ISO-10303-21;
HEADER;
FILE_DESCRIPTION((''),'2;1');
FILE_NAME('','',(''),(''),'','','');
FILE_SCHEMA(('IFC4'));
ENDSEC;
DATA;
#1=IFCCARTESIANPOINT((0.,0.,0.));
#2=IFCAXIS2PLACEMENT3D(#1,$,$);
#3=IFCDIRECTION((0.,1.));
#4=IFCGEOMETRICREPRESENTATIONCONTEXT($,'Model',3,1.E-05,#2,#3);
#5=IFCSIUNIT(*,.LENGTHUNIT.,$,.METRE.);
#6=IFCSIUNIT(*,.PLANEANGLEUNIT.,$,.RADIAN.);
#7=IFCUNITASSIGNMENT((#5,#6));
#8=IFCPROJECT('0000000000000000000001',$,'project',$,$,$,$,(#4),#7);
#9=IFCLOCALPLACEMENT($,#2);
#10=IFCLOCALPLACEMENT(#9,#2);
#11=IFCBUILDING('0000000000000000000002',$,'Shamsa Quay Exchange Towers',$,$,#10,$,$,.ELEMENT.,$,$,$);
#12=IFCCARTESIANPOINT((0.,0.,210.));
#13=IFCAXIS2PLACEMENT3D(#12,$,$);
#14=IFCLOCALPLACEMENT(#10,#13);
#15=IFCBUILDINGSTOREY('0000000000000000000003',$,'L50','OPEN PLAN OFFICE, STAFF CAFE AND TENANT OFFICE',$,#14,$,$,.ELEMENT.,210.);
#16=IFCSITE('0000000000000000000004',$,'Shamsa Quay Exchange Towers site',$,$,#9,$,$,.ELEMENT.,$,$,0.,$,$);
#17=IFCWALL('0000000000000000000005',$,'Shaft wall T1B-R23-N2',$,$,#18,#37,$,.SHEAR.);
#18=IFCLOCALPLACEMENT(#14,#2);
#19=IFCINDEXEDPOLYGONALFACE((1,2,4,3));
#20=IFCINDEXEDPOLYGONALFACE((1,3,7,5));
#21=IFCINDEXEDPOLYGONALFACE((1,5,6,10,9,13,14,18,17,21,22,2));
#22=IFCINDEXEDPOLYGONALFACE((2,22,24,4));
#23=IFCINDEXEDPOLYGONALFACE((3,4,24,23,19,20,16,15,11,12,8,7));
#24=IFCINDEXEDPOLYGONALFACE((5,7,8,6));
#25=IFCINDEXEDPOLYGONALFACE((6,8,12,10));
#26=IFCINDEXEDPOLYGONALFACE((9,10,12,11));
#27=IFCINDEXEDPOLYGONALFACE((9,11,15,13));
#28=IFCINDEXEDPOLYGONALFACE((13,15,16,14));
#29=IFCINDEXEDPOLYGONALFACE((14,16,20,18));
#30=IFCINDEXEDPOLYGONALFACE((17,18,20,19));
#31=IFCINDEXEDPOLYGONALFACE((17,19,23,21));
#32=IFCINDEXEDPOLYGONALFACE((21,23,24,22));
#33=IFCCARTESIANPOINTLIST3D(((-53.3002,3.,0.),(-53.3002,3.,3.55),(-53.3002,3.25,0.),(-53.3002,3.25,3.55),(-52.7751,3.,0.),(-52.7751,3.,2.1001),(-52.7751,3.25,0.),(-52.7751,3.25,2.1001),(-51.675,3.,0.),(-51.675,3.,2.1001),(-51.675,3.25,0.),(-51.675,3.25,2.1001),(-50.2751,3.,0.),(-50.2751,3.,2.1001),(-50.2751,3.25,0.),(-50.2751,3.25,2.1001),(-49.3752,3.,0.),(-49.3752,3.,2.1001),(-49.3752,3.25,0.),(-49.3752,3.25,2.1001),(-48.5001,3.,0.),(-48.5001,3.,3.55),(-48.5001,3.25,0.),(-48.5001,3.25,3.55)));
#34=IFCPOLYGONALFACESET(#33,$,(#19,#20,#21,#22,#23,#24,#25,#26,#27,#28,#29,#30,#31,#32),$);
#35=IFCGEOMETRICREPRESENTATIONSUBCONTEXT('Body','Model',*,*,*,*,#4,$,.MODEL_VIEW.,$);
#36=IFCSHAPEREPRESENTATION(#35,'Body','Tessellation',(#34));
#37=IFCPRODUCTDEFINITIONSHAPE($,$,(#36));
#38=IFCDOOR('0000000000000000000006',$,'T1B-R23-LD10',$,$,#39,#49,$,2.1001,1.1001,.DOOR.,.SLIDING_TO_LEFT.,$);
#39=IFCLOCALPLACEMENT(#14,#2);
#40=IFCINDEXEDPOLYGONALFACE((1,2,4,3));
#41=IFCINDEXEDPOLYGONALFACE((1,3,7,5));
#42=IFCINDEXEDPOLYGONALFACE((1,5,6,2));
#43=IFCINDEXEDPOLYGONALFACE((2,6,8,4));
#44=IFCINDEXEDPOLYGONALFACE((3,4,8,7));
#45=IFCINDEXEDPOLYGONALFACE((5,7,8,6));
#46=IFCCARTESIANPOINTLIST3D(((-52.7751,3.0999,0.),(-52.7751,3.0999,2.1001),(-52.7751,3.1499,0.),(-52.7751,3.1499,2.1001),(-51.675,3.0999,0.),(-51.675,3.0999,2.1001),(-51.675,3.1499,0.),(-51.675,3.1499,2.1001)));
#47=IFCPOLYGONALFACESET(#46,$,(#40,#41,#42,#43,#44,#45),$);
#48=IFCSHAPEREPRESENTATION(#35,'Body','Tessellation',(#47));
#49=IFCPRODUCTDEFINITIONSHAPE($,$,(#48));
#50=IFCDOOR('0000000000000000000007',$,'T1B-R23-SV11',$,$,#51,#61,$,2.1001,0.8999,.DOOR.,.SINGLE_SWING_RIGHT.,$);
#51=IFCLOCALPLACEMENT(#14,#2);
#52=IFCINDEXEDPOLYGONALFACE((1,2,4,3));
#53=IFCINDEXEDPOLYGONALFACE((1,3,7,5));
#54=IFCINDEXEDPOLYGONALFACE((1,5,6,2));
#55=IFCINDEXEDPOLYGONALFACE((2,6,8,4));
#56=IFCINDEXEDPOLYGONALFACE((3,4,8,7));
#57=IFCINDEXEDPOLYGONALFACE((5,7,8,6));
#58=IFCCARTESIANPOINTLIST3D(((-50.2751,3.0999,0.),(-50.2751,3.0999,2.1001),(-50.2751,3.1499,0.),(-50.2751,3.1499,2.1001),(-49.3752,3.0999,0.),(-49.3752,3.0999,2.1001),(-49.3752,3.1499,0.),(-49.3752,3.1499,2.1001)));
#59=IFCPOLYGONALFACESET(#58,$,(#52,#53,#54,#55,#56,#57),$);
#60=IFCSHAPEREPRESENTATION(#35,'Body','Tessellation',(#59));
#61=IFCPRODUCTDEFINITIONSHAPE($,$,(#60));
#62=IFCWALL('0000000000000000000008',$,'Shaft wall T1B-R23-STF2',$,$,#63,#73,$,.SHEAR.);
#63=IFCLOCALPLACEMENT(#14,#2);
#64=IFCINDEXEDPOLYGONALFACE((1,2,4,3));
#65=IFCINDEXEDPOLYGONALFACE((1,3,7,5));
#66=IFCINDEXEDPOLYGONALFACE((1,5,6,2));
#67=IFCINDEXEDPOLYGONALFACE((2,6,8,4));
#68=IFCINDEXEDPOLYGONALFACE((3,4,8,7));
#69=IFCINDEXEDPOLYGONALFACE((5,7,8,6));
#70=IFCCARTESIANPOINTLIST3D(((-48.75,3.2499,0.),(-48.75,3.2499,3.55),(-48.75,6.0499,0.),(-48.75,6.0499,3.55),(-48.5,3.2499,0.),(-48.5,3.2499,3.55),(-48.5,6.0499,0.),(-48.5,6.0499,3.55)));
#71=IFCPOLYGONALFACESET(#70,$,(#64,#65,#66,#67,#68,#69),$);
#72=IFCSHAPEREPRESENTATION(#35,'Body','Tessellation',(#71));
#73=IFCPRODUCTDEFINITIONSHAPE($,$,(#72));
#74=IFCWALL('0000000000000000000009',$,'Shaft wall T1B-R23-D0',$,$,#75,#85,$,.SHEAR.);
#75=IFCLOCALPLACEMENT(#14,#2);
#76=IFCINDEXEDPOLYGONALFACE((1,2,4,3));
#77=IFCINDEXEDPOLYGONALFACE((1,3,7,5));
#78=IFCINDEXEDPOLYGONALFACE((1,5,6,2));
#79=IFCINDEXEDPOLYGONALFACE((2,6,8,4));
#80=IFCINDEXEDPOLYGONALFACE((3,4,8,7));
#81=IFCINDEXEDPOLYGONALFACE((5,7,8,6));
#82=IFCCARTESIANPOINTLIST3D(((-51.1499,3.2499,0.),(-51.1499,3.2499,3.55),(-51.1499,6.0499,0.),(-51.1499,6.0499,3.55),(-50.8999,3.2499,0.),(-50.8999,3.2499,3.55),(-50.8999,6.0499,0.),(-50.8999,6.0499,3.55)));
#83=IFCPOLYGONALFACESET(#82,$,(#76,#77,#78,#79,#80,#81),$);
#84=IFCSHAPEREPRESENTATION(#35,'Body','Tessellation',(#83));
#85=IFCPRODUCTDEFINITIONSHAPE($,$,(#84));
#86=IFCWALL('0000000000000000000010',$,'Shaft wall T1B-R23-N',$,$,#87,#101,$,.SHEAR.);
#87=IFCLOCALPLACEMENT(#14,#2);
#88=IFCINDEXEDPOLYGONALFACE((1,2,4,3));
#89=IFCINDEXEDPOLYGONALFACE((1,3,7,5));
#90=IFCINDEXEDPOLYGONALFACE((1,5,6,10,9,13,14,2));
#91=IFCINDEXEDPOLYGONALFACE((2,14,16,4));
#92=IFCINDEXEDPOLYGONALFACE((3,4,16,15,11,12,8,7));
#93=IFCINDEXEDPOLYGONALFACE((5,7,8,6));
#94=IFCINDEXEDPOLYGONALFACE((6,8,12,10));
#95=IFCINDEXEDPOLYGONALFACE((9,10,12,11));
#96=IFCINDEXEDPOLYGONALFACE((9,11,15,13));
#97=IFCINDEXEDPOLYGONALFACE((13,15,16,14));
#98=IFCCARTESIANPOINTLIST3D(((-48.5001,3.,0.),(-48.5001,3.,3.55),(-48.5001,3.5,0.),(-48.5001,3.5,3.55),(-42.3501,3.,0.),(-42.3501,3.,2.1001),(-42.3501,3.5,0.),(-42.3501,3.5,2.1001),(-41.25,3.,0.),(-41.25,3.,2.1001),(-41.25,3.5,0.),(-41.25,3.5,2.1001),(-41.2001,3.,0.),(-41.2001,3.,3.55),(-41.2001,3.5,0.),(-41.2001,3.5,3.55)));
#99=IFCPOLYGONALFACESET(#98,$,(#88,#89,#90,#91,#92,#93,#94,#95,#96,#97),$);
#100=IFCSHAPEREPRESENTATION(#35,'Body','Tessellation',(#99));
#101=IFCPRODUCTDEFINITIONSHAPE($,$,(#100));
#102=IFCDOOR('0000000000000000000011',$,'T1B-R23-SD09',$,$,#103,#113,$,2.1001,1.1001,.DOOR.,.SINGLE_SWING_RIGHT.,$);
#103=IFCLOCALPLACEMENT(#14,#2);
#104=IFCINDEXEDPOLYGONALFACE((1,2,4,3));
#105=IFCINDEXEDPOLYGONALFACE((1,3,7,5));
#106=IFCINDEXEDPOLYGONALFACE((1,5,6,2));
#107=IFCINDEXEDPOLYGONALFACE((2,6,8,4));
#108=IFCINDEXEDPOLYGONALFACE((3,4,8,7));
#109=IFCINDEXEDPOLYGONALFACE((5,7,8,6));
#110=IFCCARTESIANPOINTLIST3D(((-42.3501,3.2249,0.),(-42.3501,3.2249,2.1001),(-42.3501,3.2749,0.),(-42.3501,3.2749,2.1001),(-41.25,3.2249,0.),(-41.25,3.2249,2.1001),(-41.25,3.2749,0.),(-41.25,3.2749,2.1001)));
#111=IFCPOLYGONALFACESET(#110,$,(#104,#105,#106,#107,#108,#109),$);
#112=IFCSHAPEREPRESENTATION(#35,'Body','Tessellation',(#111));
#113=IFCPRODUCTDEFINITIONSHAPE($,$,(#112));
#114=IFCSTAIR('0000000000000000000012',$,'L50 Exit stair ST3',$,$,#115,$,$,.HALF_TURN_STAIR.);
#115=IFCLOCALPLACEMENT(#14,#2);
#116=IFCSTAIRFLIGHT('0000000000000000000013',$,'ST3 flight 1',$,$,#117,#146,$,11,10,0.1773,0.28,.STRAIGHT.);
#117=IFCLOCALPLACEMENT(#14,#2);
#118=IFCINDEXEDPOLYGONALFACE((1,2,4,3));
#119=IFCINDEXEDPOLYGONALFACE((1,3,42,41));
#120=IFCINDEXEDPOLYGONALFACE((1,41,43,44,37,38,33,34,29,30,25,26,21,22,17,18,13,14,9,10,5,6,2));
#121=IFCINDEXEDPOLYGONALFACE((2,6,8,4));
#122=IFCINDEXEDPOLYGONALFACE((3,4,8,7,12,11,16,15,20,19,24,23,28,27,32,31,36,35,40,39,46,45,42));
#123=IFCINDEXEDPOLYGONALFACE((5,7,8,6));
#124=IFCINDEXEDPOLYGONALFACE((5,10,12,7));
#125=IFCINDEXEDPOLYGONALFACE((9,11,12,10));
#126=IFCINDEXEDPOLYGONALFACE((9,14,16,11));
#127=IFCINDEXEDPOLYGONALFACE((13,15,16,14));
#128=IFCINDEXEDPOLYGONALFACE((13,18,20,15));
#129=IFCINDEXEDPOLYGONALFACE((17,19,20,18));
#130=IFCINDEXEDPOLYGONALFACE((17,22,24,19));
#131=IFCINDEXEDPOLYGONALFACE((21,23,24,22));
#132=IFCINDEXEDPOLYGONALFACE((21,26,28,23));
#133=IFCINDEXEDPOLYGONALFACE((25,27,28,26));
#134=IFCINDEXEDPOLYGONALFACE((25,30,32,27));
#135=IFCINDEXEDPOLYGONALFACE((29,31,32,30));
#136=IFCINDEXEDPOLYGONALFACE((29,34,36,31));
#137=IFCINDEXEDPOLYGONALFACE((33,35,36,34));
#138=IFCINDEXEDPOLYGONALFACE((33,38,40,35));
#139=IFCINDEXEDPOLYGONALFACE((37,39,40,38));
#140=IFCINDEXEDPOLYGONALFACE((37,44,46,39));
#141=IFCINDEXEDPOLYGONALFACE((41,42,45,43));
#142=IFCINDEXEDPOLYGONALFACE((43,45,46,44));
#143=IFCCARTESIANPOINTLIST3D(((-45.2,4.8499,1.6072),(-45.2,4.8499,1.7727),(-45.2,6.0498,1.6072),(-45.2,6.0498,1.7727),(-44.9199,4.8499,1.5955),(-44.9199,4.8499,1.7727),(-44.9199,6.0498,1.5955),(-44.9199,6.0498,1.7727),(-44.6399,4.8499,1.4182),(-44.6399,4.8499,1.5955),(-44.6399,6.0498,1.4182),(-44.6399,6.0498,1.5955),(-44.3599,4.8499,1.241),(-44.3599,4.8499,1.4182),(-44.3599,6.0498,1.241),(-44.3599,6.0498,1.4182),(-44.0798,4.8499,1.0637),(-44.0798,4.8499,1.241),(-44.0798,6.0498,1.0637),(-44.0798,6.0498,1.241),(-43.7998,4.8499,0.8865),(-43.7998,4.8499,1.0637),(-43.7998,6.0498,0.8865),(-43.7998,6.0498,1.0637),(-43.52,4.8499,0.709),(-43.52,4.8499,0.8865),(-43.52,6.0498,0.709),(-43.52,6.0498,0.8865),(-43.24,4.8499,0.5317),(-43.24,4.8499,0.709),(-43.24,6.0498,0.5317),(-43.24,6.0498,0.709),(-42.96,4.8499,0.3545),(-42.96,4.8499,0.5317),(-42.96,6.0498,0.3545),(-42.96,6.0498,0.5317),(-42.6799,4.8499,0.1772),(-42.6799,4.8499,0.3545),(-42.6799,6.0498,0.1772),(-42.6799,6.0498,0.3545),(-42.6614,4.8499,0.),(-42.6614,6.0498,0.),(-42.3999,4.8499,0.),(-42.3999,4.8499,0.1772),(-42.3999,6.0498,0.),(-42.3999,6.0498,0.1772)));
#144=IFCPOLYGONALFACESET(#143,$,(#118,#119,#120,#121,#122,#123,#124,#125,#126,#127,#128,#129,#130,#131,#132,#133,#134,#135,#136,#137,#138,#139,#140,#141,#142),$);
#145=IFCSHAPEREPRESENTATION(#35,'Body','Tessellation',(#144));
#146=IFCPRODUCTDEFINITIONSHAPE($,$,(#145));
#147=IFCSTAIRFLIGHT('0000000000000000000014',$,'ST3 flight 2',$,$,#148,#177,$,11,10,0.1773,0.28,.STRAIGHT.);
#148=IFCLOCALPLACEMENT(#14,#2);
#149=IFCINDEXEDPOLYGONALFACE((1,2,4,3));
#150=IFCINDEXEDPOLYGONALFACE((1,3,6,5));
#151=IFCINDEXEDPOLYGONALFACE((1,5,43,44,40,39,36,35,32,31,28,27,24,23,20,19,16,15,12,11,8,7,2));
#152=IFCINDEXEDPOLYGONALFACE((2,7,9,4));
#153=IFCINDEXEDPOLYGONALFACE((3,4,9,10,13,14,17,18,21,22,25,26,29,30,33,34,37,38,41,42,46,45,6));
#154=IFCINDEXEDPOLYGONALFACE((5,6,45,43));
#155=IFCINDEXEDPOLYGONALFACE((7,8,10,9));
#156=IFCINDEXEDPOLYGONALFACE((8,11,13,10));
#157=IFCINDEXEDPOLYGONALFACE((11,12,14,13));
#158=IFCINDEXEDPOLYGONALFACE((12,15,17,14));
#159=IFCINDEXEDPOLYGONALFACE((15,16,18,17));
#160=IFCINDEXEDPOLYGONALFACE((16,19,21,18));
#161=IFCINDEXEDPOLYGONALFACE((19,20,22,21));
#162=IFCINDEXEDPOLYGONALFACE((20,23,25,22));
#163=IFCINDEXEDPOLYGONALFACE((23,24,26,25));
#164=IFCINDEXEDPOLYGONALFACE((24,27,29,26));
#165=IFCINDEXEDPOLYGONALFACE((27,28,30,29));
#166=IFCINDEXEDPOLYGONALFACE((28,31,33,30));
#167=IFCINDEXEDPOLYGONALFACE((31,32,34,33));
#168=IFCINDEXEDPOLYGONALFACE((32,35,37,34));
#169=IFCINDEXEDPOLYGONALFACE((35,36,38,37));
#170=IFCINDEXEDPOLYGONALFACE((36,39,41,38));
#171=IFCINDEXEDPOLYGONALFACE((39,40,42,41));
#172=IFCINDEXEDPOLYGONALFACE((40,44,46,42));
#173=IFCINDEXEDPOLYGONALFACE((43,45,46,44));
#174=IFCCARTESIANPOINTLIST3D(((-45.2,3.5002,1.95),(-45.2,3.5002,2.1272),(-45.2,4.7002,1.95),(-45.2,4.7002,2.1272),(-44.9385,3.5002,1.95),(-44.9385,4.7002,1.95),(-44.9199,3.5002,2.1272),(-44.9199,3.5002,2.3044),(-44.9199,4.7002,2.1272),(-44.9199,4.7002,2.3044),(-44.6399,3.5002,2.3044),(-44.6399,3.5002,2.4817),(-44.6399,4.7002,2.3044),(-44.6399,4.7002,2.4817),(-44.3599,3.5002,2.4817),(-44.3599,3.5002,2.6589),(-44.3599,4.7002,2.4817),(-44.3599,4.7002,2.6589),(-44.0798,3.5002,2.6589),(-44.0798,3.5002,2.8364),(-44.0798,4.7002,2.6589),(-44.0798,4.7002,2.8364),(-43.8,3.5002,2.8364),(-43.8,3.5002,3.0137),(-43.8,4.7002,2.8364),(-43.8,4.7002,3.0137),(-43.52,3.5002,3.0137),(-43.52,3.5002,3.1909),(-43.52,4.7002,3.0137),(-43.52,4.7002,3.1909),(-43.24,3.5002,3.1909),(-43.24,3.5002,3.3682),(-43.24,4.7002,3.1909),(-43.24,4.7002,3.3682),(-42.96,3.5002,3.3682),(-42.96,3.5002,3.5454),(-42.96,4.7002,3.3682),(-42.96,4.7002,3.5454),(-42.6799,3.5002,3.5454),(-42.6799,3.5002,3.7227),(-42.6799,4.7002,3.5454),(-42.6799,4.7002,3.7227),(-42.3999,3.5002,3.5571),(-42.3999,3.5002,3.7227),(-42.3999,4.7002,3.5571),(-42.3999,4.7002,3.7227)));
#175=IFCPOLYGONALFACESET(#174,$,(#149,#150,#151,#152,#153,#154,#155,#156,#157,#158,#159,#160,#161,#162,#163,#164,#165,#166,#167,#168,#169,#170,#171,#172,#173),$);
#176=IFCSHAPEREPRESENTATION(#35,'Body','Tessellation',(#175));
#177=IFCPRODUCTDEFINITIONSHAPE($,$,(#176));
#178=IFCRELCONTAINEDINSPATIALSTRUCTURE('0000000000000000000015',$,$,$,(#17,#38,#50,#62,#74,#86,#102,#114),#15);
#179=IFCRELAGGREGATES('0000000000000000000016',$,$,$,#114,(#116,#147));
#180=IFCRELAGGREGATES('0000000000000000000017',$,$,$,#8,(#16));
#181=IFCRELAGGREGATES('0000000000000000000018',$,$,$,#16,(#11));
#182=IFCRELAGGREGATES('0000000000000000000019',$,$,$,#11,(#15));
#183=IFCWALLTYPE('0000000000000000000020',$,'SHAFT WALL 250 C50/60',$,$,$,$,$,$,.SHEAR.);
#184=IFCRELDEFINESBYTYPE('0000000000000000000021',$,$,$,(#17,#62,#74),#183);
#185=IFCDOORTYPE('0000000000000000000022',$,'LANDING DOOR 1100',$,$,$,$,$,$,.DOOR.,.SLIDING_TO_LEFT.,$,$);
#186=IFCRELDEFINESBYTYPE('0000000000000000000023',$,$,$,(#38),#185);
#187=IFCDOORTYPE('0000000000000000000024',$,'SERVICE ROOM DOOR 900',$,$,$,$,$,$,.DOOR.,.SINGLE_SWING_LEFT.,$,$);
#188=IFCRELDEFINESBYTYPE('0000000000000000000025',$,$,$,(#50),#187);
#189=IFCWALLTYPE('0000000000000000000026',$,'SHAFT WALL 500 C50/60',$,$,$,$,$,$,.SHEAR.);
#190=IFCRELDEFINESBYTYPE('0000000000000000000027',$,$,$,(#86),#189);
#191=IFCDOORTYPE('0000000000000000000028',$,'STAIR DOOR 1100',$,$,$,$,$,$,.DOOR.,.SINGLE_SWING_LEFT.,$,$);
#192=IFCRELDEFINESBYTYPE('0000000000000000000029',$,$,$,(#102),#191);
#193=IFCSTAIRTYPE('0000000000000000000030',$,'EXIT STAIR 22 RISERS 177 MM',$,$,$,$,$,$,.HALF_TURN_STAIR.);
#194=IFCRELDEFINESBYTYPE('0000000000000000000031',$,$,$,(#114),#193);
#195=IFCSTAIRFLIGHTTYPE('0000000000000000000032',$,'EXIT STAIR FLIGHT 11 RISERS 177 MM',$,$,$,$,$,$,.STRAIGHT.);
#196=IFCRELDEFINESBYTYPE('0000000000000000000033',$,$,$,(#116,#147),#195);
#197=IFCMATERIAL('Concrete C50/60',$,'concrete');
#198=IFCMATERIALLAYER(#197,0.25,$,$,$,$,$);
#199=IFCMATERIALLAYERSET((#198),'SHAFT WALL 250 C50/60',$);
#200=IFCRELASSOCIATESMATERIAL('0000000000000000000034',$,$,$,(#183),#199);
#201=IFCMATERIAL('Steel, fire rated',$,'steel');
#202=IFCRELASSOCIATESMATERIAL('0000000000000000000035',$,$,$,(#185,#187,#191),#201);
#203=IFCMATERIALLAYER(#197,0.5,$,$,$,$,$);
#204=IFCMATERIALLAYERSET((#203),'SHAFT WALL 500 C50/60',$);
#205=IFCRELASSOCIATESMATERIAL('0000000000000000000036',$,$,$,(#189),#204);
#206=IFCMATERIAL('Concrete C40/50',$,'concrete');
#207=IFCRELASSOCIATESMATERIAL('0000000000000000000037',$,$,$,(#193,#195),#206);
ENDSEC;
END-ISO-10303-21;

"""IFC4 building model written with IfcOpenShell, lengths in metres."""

from ifc_helpers import new_model, si_unit, direction, frame, frame_2d, origin, place, context, subcontext, project, spatial, polyline, rectangle, outline, extrude, material, layer, layer_set, type_object, element, fill, aggregate, save


model = new_model("IFC4")

# Units and contexts
model_context = context("Model", 3, precision=1e-05, world=origin(), true_north=direction((0.0, 1.0)))
body_context = subcontext(model_context, "Body", "Model", "MODEL_VIEW")
ifc_project = project(units=[si_unit("LENGTHUNIT", "METRE"), si_unit("PLANEANGLEUNIT", "RADIAN")], contexts=[model_context])

# Site, building, storey
site_placement = place(None, origin())
site = spatial("IfcSite", under=ifc_project, at=site_placement, Name="Shamsa Quay Exchange Towers site", CompositionType="ELEMENT", RefElevation=0.0)
building_placement = place(site_placement, origin())
building = spatial("IfcBuilding", under=site, at=building_placement, Name="Shamsa Quay Exchange Towers", CompositionType="ELEMENT")
storey_placement = place(building_placement, frame((0.0, 0.0, 210.0)))
storey = spatial("IfcBuildingStorey", under=building, at=storey_placement, Name="L50", Description="OPEN PLAN OFFICE, STAFF CAFE AND TENANT OFFICE", CompositionType="ELEMENT", Elevation=210.0)

# Wall, openings, doors
ifc_material_1 = material(Name="Concrete C50/60", Category="concrete")
ifc_layer_1 = layer(ifc_material_1, 0.25)
ifc_layer_set_1 = layer_set([ifc_layer_1], Name="SHAFT WALL 250 C50/60")
wall_type_1 = type_object("IfcWallType", Name="SHAFT WALL 250 C50/60", PredefinedType="SHEAR", material=ifc_layer_set_1)
wall_1_placement = place(storey_placement, frame((-53.3, 3.125, 0.0)))
wall_1 = element("IfcWall", 1, at=wall_1_placement, inside=storey, type_object=wall_type_1, Name="Shaft wall T1B-R23-N2", PredefinedType="SHEAR", context=body_context, shape_type="SweptSolid", body=[
    extrude(rectangle(XDim=4.8, YDim=0.25, at=frame_2d((2.3999, 0.0))), origin(), (0.0, 0.0, 1.0), 3.55),
])
opening_1_placement = place(wall_1_placement, frame((0.5249, 0.0, 0.0)))
opening_1 = element("IfcOpeningElement", 2, at=opening_1_placement, cuts=wall_1, PredefinedType="OPENING", context=body_context, shape_type="SweptSolid", body=[
    extrude(rectangle(XDim=1.1001, YDim=2.1001, at=frame_2d((0.55, 1.05))), frame((0.0, 0.135, 0.0), z_axis=(0.0, -1.0, 0.0), x_axis=(1.0, 0.0, 0.0)), (0.0, 0.0, 1.0), 0.27),
])
opening_2_placement = place(wall_1_placement, frame((3.0249, 0.0, 0.0)))
opening_2 = element("IfcOpeningElement", 3, at=opening_2_placement, cuts=wall_1, PredefinedType="OPENING", context=body_context, shape_type="SweptSolid", body=[
    extrude(rectangle(XDim=0.8999, YDim=2.1001, at=frame_2d((0.45, 1.05))), frame((0.0, 0.135, 0.0), z_axis=(0.0, -1.0, 0.0), x_axis=(1.0, 0.0, 0.0)), (0.0, 0.0, 1.0), 0.27),
])
ifc_material_2 = material(Name="Steel, fire rated", Category="steel")
door_type_1 = type_object("IfcDoorType", Name="LANDING DOOR 1100", OperationType="SLIDING_TO_LEFT", PredefinedType="DOOR", material=ifc_material_2)
door_1_placement = place(opening_1_placement, origin())
door_1 = element("IfcDoor", 4, at=door_1_placement, inside=storey, type_object=door_type_1, Name="T1B-R23-LD10", OperationType="SLIDING_TO_LEFT", OverallHeight=2.1001, OverallWidth=1.1001, PredefinedType="DOOR", context=body_context, shape_type="SweptSolid", body=[
    extrude(rectangle(XDim=1.1001, YDim=2.1001, at=frame_2d((0.55, 1.05))), frame((0.0, 0.0249, 0.0), z_axis=(0.0, -1.0, 0.0), x_axis=(1.0, 0.0, 0.0)), (0.0, 0.0, 1.0), 0.05),
])
fill(opening_1, door_1)
door_type_2 = type_object("IfcDoorType", Name="SERVICE ROOM DOOR 900", OperationType="SINGLE_SWING_LEFT", PredefinedType="DOOR", material=ifc_material_2)
door_2_placement = place(opening_2_placement, origin())
door_2 = element("IfcDoor", 5, at=door_2_placement, inside=storey, type_object=door_type_2, Name="T1B-R23-SV11", OperationType="SINGLE_SWING_RIGHT", OverallHeight=2.1001, OverallWidth=0.8999, PredefinedType="DOOR", context=body_context, shape_type="SweptSolid", body=[
    extrude(rectangle(XDim=0.8999, YDim=2.1001, at=frame_2d((0.45, 1.05))), frame((0.0, 0.0249, 0.0), z_axis=(0.0, -1.0, 0.0), x_axis=(1.0, 0.0, 0.0)), (0.0, 0.0, 1.0), 0.05),
])
fill(opening_2, door_2)

# Walls
for number, where, z_axis, x_axis, name in (
    (6, (-48.625, 3.25, 0.0), (0.0, 0.0, 1.0), (0.0, 1.0, 0.0), "Shaft wall T1B-R23-STF2"),
    (7, (-51.0249, 3.25, 0.0), (0.0, 0.0, 1.0), (0.0, 1.0, 0.0), "Shaft wall T1B-R23-D0"),
):
    element("IfcWall", number, at=place(storey_placement, frame(where, z_axis=z_axis, x_axis=x_axis)), inside=storey, type_object=wall_type_1, Name=name, PredefinedType="SHEAR", context=body_context, shape_type="SweptSolid", body=[
        extrude(rectangle(XDim=2.8, YDim=0.25, at=frame_2d((1.3999, 0.0))), origin(), (0.0, 0.0, 1.0), 3.55),
    ])

# Wall, opening, door
ifc_layer_2 = layer(ifc_material_1, 0.5)
ifc_layer_set_2 = layer_set([ifc_layer_2], Name="SHAFT WALL 500 C50/60")
wall_type_2 = type_object("IfcWallType", Name="SHAFT WALL 500 C50/60", PredefinedType="SHEAR", material=ifc_layer_set_2)
wall_2_placement = place(storey_placement, frame((-48.5, 3.25, 0.0)))
wall_2 = element("IfcWall", 8, at=wall_2_placement, inside=storey, type_object=wall_type_2, Name="Shaft wall T1B-R23-N", PredefinedType="SHEAR", context=body_context, shape_type="SweptSolid", body=[
    extrude(rectangle(XDim=7.3, YDim=0.5, at=frame_2d((3.6499, 0.0))), origin(), (0.0, 0.0, 1.0), 3.55),
])
opening_3_placement = place(wall_2_placement, frame((6.1499, 0.0, 0.0)))
opening_3 = element("IfcOpeningElement", 9, at=opening_3_placement, cuts=wall_2, PredefinedType="OPENING", context=body_context, shape_type="SweptSolid", body=[
    extrude(rectangle(XDim=1.1001, YDim=2.1001, at=frame_2d((0.55, 1.05))), frame((0.0, 0.26, 0.0), z_axis=(0.0, -1.0, 0.0), x_axis=(1.0, 0.0, 0.0)), (0.0, 0.0, 1.0), 0.52),
])
door_type_3 = type_object("IfcDoorType", Name="STAIR DOOR 1100", OperationType="SINGLE_SWING_LEFT", PredefinedType="DOOR", material=ifc_material_2)
door_3_placement = place(opening_3_placement, origin())
door_3 = element("IfcDoor", 10, at=door_3_placement, inside=storey, type_object=door_type_3, Name="T1B-R23-SD09", OperationType="SINGLE_SWING_RIGHT", OverallHeight=2.1001, OverallWidth=1.1001, PredefinedType="DOOR", context=body_context, shape_type="SweptSolid", body=[
    extrude(rectangle(XDim=1.1001, YDim=2.1001, at=frame_2d((0.55, 1.05))), frame((0.0, 0.0249, 0.0), z_axis=(0.0, -1.0, 0.0), x_axis=(1.0, 0.0, 0.0)), (0.0, 0.0, 1.0), 0.05),
])
fill(opening_3, door_3)

# Stair, stair flights
ifc_material_3 = material(Name="Concrete C40/50", Category="concrete")
stair_type = type_object("IfcStairType", Name="EXIT STAIR 22 RISERS 177 MM", PredefinedType="HALF_TURN_STAIR", material=ifc_material_3)
stair_placement = place(storey_placement, origin())
stair = element("IfcStair", 11, at=stair_placement, inside=storey, type_object=stair_type, Name="L50 Exit stair ST3", PredefinedType="HALF_TURN_STAIR")
stair_flight_type = type_object("IfcStairFlightType", Name="EXIT STAIR FLIGHT 11 RISERS 177 MM", PredefinedType="STRAIGHT", material=ifc_material_3)
stair_flight_1_placement = place(storey_placement, frame((-42.3999, 5.45, 0.0), z_axis=(0.0, 0.0, 1.0), x_axis=(-1.0, 0.0, 0.0)))
stair_flight_1 = element("IfcStairFlight", 12, at=stair_flight_1_placement, type_object=stair_flight_type, Name="ST3 flight 1", NumberOfRisers=11, NumberOfTreads=10, PredefinedType="STRAIGHT", RiserHeight=0.1773, TreadLength=0.28, context=body_context, shape_type="SweptSolid", body=[
    extrude(outline(polyline([(0.0, 0.0), (0.0, 0.1772), (0.28, 0.1772), (0.28, 0.3545), (0.5601, 0.3545), (0.5601, 0.5317), (0.8401, 0.5317), (0.8401, 0.709), (1.1201, 0.709), (1.1201, 0.8865), (1.3999, 0.8865), (1.3999, 1.0637), (1.6799, 1.0637), (1.6799, 1.241), (1.96, 1.241), (1.96, 1.4182), (2.24, 1.4182), (2.24, 1.5955), (2.52, 1.5955), (2.52, 1.7727), (2.8, 1.7727), (2.8, 1.95), (2.8, 1.6072), (0.2615, 0.0), (0.0, 0.0)])), frame((0.0, 0.6001, 0.0), z_axis=(0.0, -1.0, 0.0), x_axis=(1.0, 0.0, 0.0)), (0.0, 0.0, 1.0), 1.2),
])
stair_flight_2_placement = place(storey_placement, frame((-45.2, 4.1001, 1.95)))
stair_flight_2 = element("IfcStairFlight", 13, at=stair_flight_2_placement, type_object=stair_flight_type, Name="ST3 flight 2", NumberOfRisers=11, NumberOfTreads=10, PredefinedType="STRAIGHT", RiserHeight=0.1773, TreadLength=0.28, context=body_context, shape_type="SweptSolid", body=[
    extrude(outline(polyline([(0.0, 0.0), (0.0, 0.1772), (0.28, 0.1772), (0.28, 0.3545), (0.5601, 0.3545), (0.5601, 0.5317), (0.8401, 0.5317), (0.8401, 0.709), (1.1201, 0.709), (1.1201, 0.8865), (1.3999, 0.8865), (1.3999, 1.0637), (1.6799, 1.0637), (1.6799, 1.241), (1.96, 1.241), (1.96, 1.4182), (2.24, 1.4182), (2.24, 1.5955), (2.52, 1.5955), (2.52, 1.7727), (2.8, 1.7727), (2.8, 1.95), (2.8, 1.6072), (0.2615, 0.0), (0.0, 0.0)])), frame((0.0, 0.6001, 0.0), z_axis=(0.0, -1.0, 0.0), x_axis=(1.0, 0.0, 0.0)), (0.0, 0.0, 1.0), 1.2),
])
aggregate(stair, [stair_flight_1, stair_flight_2])

save(model, "model.ifc")
